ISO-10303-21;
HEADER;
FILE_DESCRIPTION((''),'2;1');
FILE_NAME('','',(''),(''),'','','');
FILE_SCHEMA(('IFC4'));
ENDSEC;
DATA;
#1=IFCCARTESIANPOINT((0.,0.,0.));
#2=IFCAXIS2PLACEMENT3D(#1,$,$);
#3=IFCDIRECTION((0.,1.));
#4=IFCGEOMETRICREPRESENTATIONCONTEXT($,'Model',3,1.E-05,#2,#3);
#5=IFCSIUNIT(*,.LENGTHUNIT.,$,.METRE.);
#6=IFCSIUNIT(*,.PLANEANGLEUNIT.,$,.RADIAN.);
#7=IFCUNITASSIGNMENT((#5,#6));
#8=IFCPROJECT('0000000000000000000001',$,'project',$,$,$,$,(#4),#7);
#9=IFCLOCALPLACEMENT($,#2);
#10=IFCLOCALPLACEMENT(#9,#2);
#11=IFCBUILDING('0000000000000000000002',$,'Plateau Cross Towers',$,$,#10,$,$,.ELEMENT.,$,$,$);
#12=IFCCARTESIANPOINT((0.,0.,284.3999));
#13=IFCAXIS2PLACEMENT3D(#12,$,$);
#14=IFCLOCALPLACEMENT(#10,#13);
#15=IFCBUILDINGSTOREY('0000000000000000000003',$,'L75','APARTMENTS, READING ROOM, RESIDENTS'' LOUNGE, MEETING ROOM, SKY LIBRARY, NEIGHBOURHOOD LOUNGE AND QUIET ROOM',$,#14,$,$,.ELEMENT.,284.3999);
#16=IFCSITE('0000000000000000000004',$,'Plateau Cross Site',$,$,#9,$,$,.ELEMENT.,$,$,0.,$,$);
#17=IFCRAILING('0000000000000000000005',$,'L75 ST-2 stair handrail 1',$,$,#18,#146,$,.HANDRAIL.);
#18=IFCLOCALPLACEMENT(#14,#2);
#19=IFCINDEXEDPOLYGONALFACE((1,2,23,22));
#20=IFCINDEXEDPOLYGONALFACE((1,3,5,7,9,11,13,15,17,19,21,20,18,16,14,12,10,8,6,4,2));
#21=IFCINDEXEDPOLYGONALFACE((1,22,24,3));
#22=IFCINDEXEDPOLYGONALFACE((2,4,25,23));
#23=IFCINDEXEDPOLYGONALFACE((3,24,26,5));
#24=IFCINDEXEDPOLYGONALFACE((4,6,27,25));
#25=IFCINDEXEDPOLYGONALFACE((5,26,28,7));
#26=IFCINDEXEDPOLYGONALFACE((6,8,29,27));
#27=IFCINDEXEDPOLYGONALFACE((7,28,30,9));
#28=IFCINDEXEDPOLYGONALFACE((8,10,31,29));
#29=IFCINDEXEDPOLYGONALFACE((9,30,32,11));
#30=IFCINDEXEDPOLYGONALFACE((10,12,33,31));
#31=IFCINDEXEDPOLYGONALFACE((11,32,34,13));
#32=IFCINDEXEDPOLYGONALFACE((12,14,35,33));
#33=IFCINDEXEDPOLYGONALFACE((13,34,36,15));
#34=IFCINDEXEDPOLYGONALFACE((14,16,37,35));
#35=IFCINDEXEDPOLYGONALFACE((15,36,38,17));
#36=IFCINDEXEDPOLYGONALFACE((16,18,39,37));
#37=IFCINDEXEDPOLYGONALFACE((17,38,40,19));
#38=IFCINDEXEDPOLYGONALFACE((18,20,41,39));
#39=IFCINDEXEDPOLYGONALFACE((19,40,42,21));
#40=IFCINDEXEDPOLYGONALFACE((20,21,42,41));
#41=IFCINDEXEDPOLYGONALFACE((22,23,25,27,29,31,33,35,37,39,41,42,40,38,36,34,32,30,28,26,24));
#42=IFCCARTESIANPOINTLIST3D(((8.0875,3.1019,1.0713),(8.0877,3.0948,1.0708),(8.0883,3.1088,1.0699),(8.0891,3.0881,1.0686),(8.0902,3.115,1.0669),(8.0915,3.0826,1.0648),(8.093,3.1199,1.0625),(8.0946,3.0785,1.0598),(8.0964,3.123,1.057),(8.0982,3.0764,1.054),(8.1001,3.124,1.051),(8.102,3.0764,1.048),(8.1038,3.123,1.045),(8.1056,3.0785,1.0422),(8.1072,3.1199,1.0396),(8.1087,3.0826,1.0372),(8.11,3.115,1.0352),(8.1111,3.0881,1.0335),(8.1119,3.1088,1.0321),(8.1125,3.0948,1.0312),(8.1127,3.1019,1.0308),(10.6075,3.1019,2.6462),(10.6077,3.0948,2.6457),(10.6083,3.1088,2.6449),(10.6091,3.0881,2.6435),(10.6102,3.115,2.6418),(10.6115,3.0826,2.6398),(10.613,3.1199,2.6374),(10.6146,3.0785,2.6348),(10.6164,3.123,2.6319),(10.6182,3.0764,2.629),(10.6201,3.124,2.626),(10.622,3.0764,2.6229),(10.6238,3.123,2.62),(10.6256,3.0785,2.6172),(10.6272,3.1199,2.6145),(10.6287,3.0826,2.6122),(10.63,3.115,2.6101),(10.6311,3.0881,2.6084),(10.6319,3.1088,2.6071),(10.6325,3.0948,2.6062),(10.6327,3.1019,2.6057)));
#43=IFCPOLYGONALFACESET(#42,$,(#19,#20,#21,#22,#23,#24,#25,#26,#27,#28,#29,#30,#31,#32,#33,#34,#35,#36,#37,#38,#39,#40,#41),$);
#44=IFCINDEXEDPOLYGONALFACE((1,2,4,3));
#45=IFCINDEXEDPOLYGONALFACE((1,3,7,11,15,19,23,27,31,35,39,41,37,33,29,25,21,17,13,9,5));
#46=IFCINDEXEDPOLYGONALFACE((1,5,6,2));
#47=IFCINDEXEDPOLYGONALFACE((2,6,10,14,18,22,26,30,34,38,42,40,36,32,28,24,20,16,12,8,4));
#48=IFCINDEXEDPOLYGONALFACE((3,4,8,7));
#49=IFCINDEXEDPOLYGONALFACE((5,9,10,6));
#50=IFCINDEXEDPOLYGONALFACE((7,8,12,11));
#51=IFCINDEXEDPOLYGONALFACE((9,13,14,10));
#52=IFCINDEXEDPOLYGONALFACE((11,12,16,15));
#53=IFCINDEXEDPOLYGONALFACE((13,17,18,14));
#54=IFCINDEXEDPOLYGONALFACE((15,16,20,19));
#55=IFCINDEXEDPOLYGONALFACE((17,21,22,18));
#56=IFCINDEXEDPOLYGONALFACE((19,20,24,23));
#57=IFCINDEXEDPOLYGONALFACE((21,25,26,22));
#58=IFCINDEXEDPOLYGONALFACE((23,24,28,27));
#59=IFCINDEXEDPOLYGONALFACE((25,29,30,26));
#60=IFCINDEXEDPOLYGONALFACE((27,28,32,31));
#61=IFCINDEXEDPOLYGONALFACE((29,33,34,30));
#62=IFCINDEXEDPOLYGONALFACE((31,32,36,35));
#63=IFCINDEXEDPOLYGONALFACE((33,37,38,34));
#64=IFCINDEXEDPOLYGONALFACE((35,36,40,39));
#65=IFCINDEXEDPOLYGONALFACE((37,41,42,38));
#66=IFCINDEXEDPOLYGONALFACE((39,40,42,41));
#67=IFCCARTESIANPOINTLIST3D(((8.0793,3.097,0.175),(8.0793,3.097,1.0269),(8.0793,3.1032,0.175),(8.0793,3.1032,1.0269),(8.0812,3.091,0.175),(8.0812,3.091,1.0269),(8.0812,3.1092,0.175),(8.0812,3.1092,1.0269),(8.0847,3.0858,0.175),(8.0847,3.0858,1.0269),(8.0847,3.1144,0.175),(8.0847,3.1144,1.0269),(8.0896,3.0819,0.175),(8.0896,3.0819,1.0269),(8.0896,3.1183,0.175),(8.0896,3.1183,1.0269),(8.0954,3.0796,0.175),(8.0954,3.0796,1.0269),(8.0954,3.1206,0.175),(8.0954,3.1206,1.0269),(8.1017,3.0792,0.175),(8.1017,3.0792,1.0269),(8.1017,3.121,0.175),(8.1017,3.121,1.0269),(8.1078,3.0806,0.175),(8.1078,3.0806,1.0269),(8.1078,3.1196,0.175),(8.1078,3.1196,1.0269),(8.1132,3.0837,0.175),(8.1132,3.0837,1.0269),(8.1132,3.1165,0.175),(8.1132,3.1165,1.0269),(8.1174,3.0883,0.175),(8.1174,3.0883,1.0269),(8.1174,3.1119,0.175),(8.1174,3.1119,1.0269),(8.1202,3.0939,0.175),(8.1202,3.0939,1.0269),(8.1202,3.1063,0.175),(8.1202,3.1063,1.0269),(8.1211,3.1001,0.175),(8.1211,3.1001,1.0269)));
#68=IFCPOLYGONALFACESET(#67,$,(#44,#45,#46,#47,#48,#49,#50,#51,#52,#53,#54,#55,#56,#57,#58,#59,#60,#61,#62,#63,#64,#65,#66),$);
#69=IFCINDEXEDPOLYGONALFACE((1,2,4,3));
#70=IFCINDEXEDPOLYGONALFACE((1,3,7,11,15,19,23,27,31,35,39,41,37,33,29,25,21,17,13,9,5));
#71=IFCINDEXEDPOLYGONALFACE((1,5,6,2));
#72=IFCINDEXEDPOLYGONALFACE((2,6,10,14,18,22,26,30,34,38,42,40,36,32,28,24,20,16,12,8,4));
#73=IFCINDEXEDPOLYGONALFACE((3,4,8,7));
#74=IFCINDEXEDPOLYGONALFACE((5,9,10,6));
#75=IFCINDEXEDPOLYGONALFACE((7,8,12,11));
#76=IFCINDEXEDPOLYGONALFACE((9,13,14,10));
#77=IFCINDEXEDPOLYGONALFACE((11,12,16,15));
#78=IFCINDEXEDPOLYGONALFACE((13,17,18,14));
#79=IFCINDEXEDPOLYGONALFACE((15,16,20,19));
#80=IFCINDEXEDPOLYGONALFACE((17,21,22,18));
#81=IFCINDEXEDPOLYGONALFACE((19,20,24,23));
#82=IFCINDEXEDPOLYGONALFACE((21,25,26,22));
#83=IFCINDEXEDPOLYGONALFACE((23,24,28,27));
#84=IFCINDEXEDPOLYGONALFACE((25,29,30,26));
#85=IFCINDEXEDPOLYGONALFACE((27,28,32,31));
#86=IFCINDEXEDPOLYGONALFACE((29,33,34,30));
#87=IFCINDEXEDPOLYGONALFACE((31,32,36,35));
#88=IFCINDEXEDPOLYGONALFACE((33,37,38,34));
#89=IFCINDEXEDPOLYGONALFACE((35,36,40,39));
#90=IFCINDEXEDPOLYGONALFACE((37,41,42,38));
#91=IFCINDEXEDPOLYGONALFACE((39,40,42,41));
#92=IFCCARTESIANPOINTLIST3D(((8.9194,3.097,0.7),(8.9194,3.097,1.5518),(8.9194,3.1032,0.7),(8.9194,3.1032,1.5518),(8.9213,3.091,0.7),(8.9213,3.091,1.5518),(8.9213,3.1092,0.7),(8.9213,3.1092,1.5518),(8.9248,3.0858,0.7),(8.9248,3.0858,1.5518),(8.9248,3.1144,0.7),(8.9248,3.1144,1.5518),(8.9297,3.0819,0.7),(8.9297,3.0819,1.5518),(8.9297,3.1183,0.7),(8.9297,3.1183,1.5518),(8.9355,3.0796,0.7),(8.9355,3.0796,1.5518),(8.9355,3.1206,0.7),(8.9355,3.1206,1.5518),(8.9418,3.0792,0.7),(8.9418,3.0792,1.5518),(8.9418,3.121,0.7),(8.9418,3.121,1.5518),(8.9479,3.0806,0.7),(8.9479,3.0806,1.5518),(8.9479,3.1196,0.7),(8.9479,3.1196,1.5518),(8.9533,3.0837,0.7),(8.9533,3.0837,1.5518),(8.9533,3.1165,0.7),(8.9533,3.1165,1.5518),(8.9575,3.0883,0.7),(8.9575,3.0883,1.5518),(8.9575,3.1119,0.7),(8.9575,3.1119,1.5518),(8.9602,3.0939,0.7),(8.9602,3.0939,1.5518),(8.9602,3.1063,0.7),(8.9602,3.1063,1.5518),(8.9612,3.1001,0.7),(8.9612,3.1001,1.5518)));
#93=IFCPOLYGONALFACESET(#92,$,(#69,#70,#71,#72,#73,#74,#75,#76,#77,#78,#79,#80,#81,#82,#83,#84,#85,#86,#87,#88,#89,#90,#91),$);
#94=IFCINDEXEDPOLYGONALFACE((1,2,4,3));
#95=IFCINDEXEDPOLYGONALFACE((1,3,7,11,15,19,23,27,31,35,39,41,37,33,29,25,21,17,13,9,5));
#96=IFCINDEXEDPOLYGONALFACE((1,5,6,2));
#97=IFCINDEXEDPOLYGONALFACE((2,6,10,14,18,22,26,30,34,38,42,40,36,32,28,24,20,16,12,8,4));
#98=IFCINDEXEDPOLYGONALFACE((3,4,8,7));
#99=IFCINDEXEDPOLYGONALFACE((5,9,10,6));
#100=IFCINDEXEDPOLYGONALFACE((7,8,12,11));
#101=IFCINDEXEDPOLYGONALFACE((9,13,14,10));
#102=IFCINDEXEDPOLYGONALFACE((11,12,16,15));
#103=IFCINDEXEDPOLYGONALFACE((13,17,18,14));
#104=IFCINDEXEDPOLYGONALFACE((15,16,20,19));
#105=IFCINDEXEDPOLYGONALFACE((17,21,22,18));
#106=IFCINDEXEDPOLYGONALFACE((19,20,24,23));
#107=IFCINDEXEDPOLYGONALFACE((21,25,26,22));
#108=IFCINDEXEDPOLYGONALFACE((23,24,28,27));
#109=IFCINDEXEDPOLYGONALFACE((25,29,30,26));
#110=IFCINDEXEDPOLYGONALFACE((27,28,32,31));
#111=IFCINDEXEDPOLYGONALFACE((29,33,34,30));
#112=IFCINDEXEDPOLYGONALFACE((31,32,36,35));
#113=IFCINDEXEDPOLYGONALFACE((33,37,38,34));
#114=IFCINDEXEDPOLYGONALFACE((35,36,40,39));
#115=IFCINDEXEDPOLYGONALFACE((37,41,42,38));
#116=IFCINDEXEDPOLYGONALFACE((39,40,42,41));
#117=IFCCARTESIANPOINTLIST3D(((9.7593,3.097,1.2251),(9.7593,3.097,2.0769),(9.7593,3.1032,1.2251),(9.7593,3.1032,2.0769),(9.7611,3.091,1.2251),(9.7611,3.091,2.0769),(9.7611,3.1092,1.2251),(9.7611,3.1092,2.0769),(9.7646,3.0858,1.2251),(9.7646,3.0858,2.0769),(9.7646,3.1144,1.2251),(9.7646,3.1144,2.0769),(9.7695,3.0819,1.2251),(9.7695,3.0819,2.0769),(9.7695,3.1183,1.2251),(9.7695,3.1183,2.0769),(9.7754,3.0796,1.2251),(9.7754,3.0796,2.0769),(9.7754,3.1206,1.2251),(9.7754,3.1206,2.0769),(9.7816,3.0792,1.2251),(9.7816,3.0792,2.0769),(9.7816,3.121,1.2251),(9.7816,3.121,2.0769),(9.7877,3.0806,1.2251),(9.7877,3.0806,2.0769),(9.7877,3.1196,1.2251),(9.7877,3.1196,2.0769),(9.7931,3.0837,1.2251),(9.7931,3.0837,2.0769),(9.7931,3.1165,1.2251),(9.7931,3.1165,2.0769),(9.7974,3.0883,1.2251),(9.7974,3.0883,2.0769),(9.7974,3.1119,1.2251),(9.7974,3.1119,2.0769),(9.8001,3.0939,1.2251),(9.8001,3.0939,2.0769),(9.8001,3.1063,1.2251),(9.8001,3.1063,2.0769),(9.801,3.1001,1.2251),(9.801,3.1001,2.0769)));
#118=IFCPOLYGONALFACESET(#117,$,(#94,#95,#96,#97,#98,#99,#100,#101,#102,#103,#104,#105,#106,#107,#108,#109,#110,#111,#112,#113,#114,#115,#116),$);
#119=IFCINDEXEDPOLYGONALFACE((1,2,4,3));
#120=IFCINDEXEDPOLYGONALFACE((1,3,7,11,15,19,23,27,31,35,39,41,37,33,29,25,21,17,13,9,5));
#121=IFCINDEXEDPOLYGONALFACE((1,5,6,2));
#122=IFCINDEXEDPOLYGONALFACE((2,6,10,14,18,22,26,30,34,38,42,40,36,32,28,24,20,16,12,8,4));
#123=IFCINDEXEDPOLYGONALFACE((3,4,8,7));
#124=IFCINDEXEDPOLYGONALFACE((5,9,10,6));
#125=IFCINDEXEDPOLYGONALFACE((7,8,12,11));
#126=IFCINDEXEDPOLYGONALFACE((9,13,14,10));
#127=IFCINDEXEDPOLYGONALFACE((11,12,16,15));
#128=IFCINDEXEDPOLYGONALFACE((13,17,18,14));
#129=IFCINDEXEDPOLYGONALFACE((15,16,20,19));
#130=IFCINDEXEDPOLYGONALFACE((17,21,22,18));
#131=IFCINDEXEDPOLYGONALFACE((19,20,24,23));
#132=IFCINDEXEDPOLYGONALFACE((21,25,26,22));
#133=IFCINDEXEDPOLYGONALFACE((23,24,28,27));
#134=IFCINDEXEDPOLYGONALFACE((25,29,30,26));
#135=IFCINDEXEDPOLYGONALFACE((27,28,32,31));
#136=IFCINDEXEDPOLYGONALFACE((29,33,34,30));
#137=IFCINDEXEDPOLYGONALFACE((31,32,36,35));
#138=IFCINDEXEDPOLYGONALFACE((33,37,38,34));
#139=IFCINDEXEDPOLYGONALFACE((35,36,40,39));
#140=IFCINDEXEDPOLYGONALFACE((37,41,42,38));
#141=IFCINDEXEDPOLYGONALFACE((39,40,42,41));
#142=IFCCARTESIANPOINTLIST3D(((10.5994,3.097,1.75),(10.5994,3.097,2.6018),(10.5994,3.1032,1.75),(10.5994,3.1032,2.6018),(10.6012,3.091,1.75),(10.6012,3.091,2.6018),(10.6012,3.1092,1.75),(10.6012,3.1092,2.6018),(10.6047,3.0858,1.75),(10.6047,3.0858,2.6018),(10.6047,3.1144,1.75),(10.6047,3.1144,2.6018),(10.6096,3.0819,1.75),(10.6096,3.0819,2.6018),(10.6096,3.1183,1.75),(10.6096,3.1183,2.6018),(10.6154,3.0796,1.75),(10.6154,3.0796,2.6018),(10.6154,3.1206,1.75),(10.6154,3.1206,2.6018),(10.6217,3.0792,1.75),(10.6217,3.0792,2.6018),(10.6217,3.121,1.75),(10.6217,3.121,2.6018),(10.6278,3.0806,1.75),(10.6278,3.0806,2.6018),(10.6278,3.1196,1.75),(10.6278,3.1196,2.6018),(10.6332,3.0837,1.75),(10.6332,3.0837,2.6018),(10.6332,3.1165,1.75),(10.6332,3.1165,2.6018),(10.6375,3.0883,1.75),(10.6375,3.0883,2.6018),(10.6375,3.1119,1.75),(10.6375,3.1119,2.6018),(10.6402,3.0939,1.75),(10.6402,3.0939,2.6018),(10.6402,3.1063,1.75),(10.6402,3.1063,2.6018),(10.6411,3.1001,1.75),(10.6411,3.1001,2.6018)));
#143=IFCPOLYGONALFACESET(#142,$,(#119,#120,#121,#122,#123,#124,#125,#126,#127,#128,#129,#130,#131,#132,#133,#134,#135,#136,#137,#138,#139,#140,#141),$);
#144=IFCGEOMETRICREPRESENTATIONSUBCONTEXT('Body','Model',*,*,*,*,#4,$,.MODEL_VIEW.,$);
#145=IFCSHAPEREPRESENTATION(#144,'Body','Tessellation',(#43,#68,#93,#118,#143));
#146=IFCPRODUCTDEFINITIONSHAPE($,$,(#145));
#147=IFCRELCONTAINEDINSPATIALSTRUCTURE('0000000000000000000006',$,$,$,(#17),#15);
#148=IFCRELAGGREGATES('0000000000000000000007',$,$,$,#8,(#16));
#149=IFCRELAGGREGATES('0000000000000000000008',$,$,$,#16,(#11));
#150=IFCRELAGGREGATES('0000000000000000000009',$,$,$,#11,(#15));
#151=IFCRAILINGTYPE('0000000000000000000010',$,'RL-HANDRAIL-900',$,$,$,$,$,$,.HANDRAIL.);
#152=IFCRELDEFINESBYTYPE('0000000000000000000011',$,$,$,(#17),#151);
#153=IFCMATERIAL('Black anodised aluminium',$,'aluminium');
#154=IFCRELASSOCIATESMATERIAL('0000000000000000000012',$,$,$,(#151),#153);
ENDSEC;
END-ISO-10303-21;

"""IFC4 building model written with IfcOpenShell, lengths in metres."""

from ifc_helpers import new_model, si_unit, direction, frame, origin, origin_2d, place, context, subcontext, project, spatial, circle, extrude, material, type_object, element, save


model = new_model("IFC4")

# Units and contexts
model_context = context("Model", 3, precision=1e-05, world=origin(), true_north=direction((0.0, 1.0)))
body_context = subcontext(model_context, "Body", "Model", "MODEL_VIEW")
ifc_project = project(units=[si_unit("LENGTHUNIT", "METRE"), si_unit("PLANEANGLEUNIT", "RADIAN")], contexts=[model_context])

# Site, building, storey
site_placement = place(None, origin())
site = spatial("IfcSite", under=ifc_project, at=site_placement, Name="Plateau Cross Site", CompositionType="ELEMENT", RefElevation=0.0)
building_placement = place(site_placement, origin())
building = spatial("IfcBuilding", under=site, at=building_placement, Name="Plateau Cross Towers", CompositionType="ELEMENT")
storey_placement = place(building_placement, frame((0.0, 0.0, 284.3999)))
storey = spatial("IfcBuildingStorey", under=building, at=storey_placement, Name="L75", Description="APARTMENTS, READING ROOM, RESIDENTS' LOUNGE, MEETING ROOM, SKY LIBRARY, NEIGHBOURHOOD LOUNGE AND QUIET ROOM", CompositionType="ELEMENT", Elevation=284.3999)

# Shared definitions
ifc_material_1 = material(Name="Black anodised aluminium", Category="aluminium")

# Railing
railing_type_1 = type_object("IfcRailingType", Name="RL-HANDRAIL-900", PredefinedType="HANDRAIL", material=ifc_material_1)
railing_1_placement = place(storey_placement, frame((8.1001, 3.1001, 0.175)))
element("IfcRailing", 1, at=railing_1_placement, inside=storey, type_object=railing_type_1, Name="L75 ST-2 stair handrail 1", PredefinedType="HANDRAIL", context=body_context, shape_type="SweptSolid", body=[
    extrude(circle(Radius=0.0239, at=origin_2d()), frame((0.0, 0.0, 0.876), z_axis=(0.848008, 0.0, 0.529984), x_axis=(0.0, 1.0, 0.0)), (0.0, 0.0, 1.0), 2.9717),
    extrude(circle(Radius=0.021, at=origin_2d()), origin(), (0.0, 0.0, 1.0), 0.8518),
    extrude(circle(Radius=0.021, at=origin_2d()), frame((0.8401, 0.0, 0.5249)), (0.0, 0.0, 1.0), 0.8518),
    extrude(circle(Radius=0.021, at=origin_2d()), frame((1.6799, 0.0, 1.05)), (0.0, 0.0, 1.0), 0.8518),
    extrude(circle(Radius=0.021, at=origin_2d()), frame((2.52, 0.0, 1.575)), (0.0, 0.0, 1.0), 0.8518),
])

save(model, "model.ifc")
